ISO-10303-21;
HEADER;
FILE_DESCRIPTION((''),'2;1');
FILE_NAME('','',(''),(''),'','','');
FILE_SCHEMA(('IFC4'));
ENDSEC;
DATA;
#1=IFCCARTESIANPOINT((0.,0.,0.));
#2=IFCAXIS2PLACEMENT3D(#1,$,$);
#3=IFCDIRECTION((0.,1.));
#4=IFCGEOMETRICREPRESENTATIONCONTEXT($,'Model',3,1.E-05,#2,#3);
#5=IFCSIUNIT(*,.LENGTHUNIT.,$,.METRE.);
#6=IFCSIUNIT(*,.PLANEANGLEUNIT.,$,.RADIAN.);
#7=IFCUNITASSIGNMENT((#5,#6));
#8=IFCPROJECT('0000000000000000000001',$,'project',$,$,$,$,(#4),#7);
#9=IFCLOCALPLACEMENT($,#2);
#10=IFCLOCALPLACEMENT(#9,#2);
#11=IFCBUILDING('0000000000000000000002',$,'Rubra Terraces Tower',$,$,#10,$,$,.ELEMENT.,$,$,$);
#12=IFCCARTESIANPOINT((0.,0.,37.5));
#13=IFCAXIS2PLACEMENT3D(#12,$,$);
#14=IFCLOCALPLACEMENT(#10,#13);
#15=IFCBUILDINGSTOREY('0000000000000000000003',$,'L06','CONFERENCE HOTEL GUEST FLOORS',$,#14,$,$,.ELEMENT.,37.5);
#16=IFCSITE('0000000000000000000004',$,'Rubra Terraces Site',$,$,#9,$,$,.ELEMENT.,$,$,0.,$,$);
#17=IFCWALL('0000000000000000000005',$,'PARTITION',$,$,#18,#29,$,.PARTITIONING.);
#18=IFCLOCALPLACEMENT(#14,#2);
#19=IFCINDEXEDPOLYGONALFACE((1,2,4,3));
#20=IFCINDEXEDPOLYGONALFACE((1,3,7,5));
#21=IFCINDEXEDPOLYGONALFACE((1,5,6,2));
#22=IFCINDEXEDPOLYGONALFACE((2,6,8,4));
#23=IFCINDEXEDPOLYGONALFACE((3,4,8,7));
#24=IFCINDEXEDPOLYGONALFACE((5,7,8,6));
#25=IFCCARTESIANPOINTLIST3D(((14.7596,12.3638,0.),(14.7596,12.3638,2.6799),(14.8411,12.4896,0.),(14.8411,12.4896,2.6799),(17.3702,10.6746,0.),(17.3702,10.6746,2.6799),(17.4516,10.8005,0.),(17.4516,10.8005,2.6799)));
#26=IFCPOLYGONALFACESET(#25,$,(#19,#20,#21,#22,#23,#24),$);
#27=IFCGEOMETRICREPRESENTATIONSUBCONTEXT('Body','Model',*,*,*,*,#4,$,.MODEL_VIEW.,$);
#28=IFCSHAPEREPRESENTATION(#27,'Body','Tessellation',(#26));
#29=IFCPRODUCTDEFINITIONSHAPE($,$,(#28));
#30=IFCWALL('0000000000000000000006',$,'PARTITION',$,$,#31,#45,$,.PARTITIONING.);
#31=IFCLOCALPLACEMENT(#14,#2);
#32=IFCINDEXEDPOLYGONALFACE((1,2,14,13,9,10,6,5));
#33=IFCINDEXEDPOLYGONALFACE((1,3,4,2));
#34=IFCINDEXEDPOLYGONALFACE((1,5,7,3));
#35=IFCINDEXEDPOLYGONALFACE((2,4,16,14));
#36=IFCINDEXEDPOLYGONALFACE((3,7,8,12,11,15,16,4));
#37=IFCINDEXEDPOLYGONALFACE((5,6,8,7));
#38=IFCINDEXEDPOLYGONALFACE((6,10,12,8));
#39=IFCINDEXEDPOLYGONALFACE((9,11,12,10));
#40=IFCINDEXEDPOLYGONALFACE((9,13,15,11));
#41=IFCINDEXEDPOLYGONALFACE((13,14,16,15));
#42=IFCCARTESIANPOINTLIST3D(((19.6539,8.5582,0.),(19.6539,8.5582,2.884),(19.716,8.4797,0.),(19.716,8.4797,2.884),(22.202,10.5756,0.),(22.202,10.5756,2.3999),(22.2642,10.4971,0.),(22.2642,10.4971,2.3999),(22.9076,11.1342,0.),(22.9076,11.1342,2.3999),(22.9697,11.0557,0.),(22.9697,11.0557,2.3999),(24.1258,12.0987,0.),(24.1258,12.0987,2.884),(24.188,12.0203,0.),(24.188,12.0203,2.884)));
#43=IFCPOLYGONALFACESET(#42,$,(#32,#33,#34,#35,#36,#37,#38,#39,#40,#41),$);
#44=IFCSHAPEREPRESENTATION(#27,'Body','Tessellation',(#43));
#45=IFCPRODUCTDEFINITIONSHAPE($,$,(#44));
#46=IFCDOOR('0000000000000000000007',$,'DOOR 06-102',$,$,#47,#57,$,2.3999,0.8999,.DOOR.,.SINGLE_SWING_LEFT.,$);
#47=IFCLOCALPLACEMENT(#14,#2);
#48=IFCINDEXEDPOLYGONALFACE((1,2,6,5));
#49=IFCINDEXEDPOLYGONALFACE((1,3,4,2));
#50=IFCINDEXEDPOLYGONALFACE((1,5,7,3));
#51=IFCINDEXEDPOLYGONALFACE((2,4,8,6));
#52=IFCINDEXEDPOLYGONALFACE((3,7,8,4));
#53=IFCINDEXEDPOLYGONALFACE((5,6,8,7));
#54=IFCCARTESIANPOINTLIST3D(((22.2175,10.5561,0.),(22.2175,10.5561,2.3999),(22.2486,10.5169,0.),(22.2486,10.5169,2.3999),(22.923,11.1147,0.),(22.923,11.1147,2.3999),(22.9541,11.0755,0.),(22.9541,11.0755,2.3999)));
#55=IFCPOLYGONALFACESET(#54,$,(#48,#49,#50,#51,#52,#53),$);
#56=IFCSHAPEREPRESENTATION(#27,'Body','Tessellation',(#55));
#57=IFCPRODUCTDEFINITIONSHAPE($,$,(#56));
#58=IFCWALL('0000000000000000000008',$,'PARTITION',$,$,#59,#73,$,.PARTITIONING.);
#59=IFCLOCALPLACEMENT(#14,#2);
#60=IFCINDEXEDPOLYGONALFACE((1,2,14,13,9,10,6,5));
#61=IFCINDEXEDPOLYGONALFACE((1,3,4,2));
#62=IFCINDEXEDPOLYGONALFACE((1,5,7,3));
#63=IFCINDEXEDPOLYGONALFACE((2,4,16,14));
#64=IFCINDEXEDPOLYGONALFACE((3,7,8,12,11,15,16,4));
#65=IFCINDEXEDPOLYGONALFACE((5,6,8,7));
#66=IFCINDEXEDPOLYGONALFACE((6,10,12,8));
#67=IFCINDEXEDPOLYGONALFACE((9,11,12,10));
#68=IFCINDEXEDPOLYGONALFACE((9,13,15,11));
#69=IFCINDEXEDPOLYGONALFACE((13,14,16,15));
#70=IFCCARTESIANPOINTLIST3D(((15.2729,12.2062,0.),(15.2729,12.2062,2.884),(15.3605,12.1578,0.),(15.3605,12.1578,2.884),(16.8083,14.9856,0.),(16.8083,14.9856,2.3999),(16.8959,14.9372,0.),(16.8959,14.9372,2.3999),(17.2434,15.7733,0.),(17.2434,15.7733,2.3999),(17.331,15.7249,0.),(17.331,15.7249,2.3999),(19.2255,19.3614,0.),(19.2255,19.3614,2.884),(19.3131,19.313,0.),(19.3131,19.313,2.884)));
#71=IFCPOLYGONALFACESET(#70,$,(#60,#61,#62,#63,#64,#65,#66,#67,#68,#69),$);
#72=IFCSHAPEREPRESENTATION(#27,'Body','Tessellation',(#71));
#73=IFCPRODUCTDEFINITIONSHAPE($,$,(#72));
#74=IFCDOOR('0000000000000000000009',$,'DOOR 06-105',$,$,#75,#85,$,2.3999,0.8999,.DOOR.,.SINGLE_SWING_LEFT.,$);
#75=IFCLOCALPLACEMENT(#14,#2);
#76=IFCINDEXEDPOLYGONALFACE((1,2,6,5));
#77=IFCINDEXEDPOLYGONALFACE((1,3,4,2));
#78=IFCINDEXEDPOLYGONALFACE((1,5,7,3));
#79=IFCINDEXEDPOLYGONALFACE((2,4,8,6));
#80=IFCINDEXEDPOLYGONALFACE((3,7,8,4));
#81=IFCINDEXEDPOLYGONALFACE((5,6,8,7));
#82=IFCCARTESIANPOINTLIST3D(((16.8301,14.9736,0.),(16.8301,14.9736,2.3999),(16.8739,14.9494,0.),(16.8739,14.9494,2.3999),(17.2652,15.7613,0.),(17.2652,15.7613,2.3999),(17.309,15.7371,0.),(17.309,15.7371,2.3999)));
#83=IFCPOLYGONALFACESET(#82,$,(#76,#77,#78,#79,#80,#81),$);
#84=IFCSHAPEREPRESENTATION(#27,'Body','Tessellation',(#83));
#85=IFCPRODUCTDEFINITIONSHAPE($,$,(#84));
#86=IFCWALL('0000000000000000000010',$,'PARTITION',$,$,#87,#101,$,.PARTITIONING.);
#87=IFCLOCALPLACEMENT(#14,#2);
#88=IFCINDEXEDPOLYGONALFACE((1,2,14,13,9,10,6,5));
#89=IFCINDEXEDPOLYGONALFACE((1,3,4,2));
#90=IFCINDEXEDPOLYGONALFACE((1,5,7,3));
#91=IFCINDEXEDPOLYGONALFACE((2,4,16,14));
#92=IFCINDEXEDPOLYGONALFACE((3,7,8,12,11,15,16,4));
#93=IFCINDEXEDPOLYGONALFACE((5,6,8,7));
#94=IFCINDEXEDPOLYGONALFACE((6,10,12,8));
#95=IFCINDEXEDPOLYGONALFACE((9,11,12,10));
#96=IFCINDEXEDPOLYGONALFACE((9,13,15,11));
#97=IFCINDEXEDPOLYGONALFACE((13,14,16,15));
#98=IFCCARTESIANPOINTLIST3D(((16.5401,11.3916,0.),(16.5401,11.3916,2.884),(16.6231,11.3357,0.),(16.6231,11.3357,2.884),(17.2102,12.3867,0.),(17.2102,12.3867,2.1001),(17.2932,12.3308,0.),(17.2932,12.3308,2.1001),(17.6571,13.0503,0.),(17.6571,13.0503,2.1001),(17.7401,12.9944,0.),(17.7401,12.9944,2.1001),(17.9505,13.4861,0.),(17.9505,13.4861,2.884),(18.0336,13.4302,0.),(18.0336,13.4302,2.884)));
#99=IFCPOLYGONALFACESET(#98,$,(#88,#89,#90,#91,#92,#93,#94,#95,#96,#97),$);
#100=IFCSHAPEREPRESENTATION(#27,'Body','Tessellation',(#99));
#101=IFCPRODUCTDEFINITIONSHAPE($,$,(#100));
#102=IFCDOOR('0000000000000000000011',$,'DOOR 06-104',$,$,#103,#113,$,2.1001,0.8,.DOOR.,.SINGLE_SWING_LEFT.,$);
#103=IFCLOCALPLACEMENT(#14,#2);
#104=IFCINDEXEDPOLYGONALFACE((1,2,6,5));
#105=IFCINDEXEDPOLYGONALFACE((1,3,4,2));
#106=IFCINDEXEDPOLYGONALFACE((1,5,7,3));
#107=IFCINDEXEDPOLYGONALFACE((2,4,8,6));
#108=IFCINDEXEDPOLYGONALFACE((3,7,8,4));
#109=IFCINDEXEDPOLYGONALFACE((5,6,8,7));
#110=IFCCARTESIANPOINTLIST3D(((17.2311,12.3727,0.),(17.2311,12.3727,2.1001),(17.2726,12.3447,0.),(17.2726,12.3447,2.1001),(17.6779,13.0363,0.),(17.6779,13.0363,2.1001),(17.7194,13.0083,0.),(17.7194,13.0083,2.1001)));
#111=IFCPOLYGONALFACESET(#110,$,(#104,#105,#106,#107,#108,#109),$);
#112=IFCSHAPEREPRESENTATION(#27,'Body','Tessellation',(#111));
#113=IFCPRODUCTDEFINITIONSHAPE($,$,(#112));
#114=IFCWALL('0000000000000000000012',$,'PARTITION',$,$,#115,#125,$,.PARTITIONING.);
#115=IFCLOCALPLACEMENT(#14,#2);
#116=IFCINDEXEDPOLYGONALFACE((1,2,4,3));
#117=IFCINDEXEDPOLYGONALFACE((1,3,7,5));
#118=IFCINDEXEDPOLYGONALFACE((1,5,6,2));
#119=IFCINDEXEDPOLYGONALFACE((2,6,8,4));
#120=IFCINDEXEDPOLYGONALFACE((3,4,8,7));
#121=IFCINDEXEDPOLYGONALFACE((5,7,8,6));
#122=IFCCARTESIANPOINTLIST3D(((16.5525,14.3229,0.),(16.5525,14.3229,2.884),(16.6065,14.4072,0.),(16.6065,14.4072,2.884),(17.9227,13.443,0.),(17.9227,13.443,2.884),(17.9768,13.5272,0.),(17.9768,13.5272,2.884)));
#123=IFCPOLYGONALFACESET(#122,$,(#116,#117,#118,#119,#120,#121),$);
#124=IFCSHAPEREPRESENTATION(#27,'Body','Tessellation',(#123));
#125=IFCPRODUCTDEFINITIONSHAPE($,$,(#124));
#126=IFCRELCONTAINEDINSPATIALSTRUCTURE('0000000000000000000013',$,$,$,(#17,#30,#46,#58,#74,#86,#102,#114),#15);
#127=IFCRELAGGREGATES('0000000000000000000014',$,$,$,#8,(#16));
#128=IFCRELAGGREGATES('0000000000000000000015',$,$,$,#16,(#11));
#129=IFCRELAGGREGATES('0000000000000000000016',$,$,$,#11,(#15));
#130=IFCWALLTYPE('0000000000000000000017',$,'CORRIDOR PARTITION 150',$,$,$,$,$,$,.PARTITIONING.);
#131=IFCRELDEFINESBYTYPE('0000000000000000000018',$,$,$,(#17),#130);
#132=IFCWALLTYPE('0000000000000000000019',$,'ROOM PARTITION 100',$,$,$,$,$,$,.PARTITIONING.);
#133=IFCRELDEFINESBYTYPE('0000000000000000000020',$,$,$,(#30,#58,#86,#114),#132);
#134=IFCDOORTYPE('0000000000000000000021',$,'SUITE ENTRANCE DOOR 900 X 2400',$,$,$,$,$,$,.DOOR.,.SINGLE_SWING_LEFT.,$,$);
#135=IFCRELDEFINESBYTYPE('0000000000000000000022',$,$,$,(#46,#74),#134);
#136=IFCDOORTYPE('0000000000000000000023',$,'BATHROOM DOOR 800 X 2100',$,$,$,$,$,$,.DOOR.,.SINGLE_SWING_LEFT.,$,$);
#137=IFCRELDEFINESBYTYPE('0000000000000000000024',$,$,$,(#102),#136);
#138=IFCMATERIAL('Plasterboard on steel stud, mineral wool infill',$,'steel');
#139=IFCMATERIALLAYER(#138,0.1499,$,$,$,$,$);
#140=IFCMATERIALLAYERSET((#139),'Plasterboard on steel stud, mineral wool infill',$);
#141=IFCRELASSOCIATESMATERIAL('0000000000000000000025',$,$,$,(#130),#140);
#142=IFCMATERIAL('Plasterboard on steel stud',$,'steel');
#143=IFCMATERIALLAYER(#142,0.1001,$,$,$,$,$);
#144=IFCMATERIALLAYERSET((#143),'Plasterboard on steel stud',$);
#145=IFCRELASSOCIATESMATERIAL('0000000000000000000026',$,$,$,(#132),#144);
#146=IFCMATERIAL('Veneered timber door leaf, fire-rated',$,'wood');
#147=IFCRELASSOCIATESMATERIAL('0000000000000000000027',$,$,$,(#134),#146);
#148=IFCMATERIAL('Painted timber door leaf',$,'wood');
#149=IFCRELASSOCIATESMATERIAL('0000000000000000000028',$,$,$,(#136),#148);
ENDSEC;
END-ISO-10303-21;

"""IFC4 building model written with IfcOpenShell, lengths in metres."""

from ifc_helpers import new_model, si_unit, direction, frame, frame_2d, origin, place, context, subcontext, project, spatial, rectangle, extrude, material, layer, layer_set, type_object, element, fill, save


model = new_model("IFC4")

# Units and contexts
model_context = context("Model", 3, precision=1e-05, world=origin(), true_north=direction((0.0, 1.0)))
body_context = subcontext(model_context, "Body", "Model", "MODEL_VIEW")
ifc_project = project(units=[si_unit("LENGTHUNIT", "METRE"), si_unit("PLANEANGLEUNIT", "RADIAN")], contexts=[model_context])

# Site, building, storey
site_placement = place(None, origin())
site = spatial("IfcSite", under=ifc_project, at=site_placement, Name="Rubra Terraces Site", CompositionType="ELEMENT", RefElevation=0.0)
building_placement = place(site_placement, origin())
building = spatial("IfcBuilding", under=site, at=building_placement, Name="Rubra Terraces Tower", CompositionType="ELEMENT")
storey_placement = place(building_placement, frame((0.0, 0.0, 37.5)))
storey = spatial("IfcBuildingStorey", under=building, at=storey_placement, Name="L06", Description="CONFERENCE HOTEL GUEST FLOORS", CompositionType="ELEMENT", Elevation=37.5)

# Wall
ifc_material_1 = material(Name="Plasterboard on steel stud, mineral wool infill", Category="steel")
ifc_layer_1 = layer(ifc_material_1, 0.1499)
ifc_layer_set_1 = layer_set([ifc_layer_1], Name="Plasterboard on steel stud, mineral wool infill")
wall_type_1 = type_object("IfcWallType", Name="CORRIDOR PARTITION 150", PredefinedType="PARTITIONING", material=ifc_layer_set_1)
wall_1_placement = place(storey_placement, frame((17.4109, 10.7375, 0.0), z_axis=(0.0, 0.0, 1.0), x_axis=(-0.83957, 0.543251, 0.0)))
element("IfcWall", 1, at=wall_1_placement, inside=storey, type_object=wall_type_1, Name="PARTITION", PredefinedType="PARTITIONING", context=body_context, shape_type="SweptSolid", body=[
    extrude(rectangle(XDim=3.1094, YDim=0.1499, at=frame_2d((1.5547, 0.0))), origin(), (0.0, 0.0, 1.0), 2.6799),
])

# Walls, openings, doors
ifc_material_2 = material(Name="Plasterboard on steel stud", Category="steel")
ifc_layer_2 = layer(ifc_material_2, 0.1001)
ifc_layer_set_2 = layer_set([ifc_layer_2], Name="Plasterboard on steel stud")
wall_type_2 = type_object("IfcWallType", Name="ROOM PARTITION 100", PredefinedType="PARTITIONING", material=ifc_layer_set_2)
wall_2_placement = place(storey_placement, frame((24.157, 12.0596, 0.0), z_axis=(0.0, 0.0, 1.0), x_axis=(-0.784024, -0.62073, 0.0)))
wall_2 = element("IfcWall", 2, at=wall_2_placement, inside=storey, type_object=wall_type_2, Name="PARTITION", PredefinedType="PARTITIONING", context=body_context, shape_type="SweptSolid", body=[
    extrude(rectangle(XDim=5.7039, YDim=0.1001, at=frame_2d((2.8521, 0.0))), origin(), (0.0, 0.0, 1.0), 2.884),
])
opening_1_placement = place(wall_2_placement, frame((1.554, 0.0, 0.0)))
opening_1 = element("IfcOpeningElement", 3, at=opening_1_placement, cuts=wall_2, PredefinedType="OPENING", context=body_context, shape_type="SweptSolid", body=[
    extrude(rectangle(XDim=0.8999, YDim=2.3999, at=frame_2d((0.45, 1.2))), frame((0.0, 0.0601, 0.0), z_axis=(0.0, -1.0, 0.0), x_axis=(1.0, 0.0, 0.0)), (0.0, 0.0, 1.0), 0.1201),
])
ifc_material_3 = material(Name="Veneered timber door leaf, fire-rated", Category="wood")
door_type_1 = type_object("IfcDoorType", Name="SUITE ENTRANCE DOOR 900 X 2400", OperationType="SINGLE_SWING_LEFT", PredefinedType="DOOR", material=ifc_material_3)
door_1_placement = place(opening_1_placement, origin())
door_1 = element("IfcDoor", 4, at=door_1_placement, inside=storey, type_object=door_type_1, Name="DOOR 06-102", OperationType="SINGLE_SWING_LEFT", OverallHeight=2.3999, OverallWidth=0.8999, PredefinedType="DOOR", context=body_context, shape_type="SweptSolid", body=[
    extrude(rectangle(XDim=0.8999, YDim=2.3999, at=frame_2d((0.45, 1.2))), frame((0.0, 0.0249, 0.0), z_axis=(0.0, -1.0, 0.0), x_axis=(1.0, 0.0, 0.0)), (0.0, 0.0, 1.0), 0.05),
])
fill(opening_1, door_1)
wall_3_placement = place(storey_placement, frame((19.2693, 19.3372, 0.0), z_axis=(0.0, 0.0, 1.0), x_axis=(-0.483537, -0.875324, 0.0)))
wall_3 = element("IfcWall", 5, at=wall_3_placement, inside=storey, type_object=wall_type_2, Name="PARTITION", PredefinedType="PARTITIONING", context=body_context, shape_type="SweptSolid", body=[
    extrude(rectangle(XDim=8.1743, YDim=0.1001, at=frame_2d((4.0872, 0.0))), origin(), (0.0, 0.0, 1.0), 2.884),
])
opening_2_placement = place(wall_3_placement, frame((4.0991, 0.0, 0.0)))
opening_2 = element("IfcOpeningElement", 6, at=opening_2_placement, cuts=wall_3, PredefinedType="OPENING", context=body_context, shape_type="SweptSolid", body=[
    extrude(rectangle(XDim=0.8999, YDim=2.3999, at=frame_2d((0.45, 1.2))), frame((0.0, 0.0601, 0.0), z_axis=(0.0, -1.0, 0.0), x_axis=(1.0, 0.0, 0.0)), (0.0, 0.0, 1.0), 0.1201),
])
door_2_placement = place(opening_2_placement, origin())
door_2 = element("IfcDoor", 7, at=door_2_placement, inside=storey, type_object=door_type_1, Name="DOOR 06-105", OperationType="SINGLE_SWING_LEFT", OverallHeight=2.3999, OverallWidth=0.8999, PredefinedType="DOOR", context=body_context, shape_type="SweptSolid", body=[
    extrude(rectangle(XDim=0.8999, YDim=2.3999, at=frame_2d((0.45, 1.2))), frame((0.0, 0.0249, 0.0), z_axis=(0.0, -1.0, 0.0), x_axis=(1.0, 0.0, 0.0)), (0.0, 0.0, 1.0), 0.05),
])
fill(opening_2, door_2)
wall_4_placement = place(storey_placement, frame((16.5815, 11.3635, 0.0), z_axis=(0.0, 0.0, 1.0), x_axis=(0.558554, 0.829468, 0.0)))
wall_4 = element("IfcWall", 8, at=wall_4_placement, inside=storey, type_object=wall_type_2, Name="PARTITION", PredefinedType="PARTITIONING", context=body_context, shape_type="SweptSolid", body=[
    extrude(rectangle(XDim=2.5251, YDim=0.1001, at=frame_2d((1.2627, 0.0))), origin(), (0.0, 0.0, 1.0), 2.884),
])
opening_3_placement = place(wall_4_placement, frame((1.2, 0.0, 0.0)))
opening_3 = element("IfcOpeningElement", 9, at=opening_3_placement, cuts=wall_4, PredefinedType="OPENING", context=body_context, shape_type="SweptSolid", body=[
    extrude(rectangle(XDim=0.8, YDim=2.1001, at=frame_2d((0.3999, 1.05))), frame((0.0, 0.0601, 0.0), z_axis=(0.0, -1.0, 0.0), x_axis=(1.0, 0.0, 0.0)), (0.0, 0.0, 1.0), 0.1201),
])
ifc_material_4 = material(Name="Painted timber door leaf", Category="wood")
door_type_2 = type_object("IfcDoorType", Name="BATHROOM DOOR 800 X 2100", OperationType="SINGLE_SWING_LEFT", PredefinedType="DOOR", material=ifc_material_4)
door_3_placement = place(opening_3_placement, origin())
door_3 = element("IfcDoor", 10, at=door_3_placement, inside=storey, type_object=door_type_2, Name="DOOR 06-104", OperationType="SINGLE_SWING_LEFT", OverallHeight=2.1001, OverallWidth=0.8, PredefinedType="DOOR", context=body_context, shape_type="SweptSolid", body=[
    extrude(rectangle(XDim=0.8, YDim=2.1001, at=frame_2d((0.3999, 1.05))), frame((0.0, 0.0249, 0.0), z_axis=(0.0, -1.0, 0.0), x_axis=(1.0, 0.0, 0.0)), (0.0, 0.0, 1.0), 0.05),
])
fill(opening_3, door_3)

# Wall
wall_5_placement = place(storey_placement, frame((17.9497, 13.4851, 0.0), z_axis=(0.0, 0.0, 1.0), x_axis=(-0.841432, 0.540363, 0.0)))
element("IfcWall", 11, at=wall_5_placement, inside=storey, type_object=wall_type_2, Name="PARTITION", PredefinedType="PARTITIONING", context=body_context, shape_type="SweptSolid", body=[
    extrude(rectangle(XDim=1.6284, YDim=0.1001, at=frame_2d((0.8142, 0.0))), origin(), (0.0, 0.0, 1.0), 2.884),
])

save(model, "model.ifc")
